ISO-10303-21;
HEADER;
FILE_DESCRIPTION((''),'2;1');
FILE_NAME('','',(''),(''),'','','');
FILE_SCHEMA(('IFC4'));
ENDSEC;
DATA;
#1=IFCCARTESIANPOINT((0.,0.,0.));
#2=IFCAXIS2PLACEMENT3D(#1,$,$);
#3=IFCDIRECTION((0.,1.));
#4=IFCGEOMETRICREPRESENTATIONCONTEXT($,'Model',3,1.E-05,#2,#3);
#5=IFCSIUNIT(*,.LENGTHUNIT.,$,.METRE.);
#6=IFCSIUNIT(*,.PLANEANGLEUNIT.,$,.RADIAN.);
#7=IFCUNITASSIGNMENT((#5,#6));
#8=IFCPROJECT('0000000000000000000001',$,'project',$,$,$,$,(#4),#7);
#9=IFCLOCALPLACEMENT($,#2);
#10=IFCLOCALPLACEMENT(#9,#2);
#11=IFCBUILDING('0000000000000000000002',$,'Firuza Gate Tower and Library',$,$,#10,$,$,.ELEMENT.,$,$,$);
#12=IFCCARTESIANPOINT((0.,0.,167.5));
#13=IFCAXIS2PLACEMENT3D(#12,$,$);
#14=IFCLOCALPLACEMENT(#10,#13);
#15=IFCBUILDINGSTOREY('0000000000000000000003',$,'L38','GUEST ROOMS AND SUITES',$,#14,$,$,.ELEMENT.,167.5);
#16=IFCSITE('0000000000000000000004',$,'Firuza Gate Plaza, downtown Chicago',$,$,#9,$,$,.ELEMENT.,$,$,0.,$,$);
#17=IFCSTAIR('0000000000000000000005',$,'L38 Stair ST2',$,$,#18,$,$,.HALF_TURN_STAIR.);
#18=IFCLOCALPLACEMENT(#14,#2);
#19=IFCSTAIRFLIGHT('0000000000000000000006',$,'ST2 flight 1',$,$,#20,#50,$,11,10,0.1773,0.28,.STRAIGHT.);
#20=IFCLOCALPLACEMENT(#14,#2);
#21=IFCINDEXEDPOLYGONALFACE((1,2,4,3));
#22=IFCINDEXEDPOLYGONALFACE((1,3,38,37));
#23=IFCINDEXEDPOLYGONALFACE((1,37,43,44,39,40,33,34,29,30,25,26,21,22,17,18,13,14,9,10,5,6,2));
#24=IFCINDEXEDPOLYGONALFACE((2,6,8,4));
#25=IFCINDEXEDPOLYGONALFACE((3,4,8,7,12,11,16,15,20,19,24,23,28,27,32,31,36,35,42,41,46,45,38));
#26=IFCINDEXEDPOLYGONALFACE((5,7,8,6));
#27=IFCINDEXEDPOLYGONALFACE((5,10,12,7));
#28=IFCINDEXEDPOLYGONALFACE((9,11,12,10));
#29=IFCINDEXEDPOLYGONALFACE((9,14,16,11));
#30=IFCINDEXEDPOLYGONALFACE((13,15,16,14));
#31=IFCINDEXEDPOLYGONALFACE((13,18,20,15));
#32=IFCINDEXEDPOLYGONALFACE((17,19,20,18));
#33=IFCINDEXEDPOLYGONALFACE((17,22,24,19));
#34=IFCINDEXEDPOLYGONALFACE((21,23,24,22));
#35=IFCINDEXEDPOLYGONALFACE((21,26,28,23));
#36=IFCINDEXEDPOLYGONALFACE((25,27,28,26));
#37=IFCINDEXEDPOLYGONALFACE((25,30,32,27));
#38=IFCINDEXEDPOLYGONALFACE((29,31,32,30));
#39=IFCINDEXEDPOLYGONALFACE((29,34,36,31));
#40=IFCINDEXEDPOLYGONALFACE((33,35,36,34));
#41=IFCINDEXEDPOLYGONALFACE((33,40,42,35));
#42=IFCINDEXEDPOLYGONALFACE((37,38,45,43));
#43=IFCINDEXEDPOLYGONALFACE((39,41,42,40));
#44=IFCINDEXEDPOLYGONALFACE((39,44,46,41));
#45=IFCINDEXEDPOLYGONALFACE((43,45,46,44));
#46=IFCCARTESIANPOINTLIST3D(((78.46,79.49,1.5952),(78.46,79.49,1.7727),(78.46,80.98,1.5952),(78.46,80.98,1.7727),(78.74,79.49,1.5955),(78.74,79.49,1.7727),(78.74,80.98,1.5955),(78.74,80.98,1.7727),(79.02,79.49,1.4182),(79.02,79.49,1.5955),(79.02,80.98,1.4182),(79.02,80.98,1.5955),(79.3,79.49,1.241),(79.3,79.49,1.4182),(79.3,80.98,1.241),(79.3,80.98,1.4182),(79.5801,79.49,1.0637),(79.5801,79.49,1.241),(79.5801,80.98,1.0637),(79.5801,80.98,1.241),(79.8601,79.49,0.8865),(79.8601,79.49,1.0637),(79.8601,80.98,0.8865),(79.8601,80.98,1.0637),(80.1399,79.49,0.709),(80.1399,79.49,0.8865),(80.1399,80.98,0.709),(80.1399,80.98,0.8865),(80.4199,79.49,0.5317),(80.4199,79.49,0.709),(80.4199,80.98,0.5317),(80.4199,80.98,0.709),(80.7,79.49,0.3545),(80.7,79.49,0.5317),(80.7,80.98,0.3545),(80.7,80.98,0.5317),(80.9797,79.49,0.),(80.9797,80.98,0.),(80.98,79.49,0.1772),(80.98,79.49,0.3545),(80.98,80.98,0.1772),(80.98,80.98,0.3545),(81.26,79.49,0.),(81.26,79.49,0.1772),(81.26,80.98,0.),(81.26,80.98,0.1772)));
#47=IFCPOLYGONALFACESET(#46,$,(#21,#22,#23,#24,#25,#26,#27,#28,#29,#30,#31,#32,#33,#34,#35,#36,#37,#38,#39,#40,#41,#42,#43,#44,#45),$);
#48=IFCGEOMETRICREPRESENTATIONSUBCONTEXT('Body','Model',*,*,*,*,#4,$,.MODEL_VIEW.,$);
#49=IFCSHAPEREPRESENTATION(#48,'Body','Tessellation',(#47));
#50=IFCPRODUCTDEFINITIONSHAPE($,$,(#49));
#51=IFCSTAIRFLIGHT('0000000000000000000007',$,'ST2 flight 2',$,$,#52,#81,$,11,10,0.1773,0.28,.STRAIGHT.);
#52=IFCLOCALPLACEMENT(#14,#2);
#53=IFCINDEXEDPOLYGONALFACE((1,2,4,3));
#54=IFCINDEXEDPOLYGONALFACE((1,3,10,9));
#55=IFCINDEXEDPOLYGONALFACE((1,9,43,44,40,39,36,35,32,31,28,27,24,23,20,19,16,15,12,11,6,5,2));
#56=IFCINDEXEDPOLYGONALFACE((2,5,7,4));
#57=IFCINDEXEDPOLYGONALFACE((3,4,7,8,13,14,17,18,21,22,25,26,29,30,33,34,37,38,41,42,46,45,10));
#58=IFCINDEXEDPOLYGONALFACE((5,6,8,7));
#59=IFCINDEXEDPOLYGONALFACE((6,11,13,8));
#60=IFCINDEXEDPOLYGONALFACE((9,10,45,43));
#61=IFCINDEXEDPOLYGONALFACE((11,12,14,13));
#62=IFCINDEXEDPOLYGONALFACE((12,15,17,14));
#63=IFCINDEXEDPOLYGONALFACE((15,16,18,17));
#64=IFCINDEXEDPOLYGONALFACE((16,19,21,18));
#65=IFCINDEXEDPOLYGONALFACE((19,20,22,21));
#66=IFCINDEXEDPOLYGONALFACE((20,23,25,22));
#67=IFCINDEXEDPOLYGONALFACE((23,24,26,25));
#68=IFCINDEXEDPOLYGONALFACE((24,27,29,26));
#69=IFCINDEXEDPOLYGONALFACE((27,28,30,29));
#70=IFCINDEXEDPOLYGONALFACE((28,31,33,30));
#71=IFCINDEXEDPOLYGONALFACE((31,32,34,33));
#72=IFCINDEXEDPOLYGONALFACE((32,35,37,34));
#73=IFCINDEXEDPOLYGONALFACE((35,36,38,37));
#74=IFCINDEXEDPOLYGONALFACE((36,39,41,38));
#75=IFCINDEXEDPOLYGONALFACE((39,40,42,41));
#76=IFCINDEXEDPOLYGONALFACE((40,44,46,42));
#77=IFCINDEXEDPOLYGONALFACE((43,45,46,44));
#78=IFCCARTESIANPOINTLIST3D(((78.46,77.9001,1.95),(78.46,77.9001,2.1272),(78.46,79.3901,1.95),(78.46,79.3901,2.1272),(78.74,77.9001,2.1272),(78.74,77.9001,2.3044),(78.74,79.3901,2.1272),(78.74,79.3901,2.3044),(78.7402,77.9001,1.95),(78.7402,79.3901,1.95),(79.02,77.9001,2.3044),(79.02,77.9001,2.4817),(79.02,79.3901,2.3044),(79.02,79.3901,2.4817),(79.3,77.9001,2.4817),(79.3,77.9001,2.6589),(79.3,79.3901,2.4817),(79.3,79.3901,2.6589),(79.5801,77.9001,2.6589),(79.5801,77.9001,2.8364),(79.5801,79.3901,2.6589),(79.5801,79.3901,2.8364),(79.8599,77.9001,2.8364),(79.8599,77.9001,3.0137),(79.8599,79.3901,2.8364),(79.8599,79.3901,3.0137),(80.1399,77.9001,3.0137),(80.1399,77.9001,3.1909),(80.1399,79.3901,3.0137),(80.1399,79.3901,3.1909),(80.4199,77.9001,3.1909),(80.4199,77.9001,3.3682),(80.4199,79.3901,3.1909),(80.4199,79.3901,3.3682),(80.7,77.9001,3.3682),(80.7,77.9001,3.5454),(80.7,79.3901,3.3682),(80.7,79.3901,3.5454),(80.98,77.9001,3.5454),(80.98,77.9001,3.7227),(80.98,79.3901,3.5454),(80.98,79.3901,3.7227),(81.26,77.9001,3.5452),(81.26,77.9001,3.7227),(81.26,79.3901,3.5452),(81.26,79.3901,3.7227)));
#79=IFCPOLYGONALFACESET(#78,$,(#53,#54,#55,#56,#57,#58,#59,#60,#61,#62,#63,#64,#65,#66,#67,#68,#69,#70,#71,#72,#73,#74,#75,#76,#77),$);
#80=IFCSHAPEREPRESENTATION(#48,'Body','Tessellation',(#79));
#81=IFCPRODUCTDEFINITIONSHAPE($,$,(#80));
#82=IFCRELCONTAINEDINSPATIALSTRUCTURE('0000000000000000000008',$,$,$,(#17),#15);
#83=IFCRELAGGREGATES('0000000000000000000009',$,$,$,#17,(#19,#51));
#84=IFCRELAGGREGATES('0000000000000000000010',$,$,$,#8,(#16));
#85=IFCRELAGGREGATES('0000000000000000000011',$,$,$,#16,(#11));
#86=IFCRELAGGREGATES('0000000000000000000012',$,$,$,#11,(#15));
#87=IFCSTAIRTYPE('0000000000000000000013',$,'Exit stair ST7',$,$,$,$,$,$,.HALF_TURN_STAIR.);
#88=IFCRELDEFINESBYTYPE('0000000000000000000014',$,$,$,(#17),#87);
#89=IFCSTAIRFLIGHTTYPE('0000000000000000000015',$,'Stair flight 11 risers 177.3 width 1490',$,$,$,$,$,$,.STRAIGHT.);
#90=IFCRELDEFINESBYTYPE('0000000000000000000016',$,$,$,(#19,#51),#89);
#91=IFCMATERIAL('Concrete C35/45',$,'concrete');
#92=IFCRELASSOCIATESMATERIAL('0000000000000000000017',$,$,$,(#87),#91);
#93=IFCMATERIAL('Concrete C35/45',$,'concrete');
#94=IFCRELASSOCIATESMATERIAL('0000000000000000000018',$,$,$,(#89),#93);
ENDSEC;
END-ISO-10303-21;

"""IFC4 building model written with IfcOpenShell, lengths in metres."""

from ifc_helpers import new_model, si_unit, direction, frame, origin, place, context, subcontext, project, spatial, polyline, outline, extrude, material, type_object, element, aggregate, save


model = new_model("IFC4")

# Units and contexts
model_context = context("Model", 3, precision=1e-05, world=origin(), true_north=direction((0.0, 1.0)))
body_context = subcontext(model_context, "Body", "Model", "MODEL_VIEW")
ifc_project = project(units=[si_unit("LENGTHUNIT", "METRE"), si_unit("PLANEANGLEUNIT", "RADIAN")], contexts=[model_context])

# Site, building, storey
site_placement = place(None, origin())
site = spatial("IfcSite", under=ifc_project, at=site_placement, Name="Firuza Gate Plaza, downtown Chicago", CompositionType="ELEMENT", RefElevation=0.0)
building_placement = place(site_placement, origin())
building = spatial("IfcBuilding", under=site, at=building_placement, Name="Firuza Gate Tower and Library", CompositionType="ELEMENT")
storey_placement = place(building_placement, frame((0.0, 0.0, 167.5)))
storey = spatial("IfcBuildingStorey", under=building, at=storey_placement, Name="L38", Description="GUEST ROOMS AND SUITES", CompositionType="ELEMENT", Elevation=167.5)

# Stair, stair flights
ifc_material_1 = material(Name="Concrete C35/45", Category="concrete")
stair_type = type_object("IfcStairType", Name="Exit stair ST7", PredefinedType="HALF_TURN_STAIR", material=ifc_material_1)
stair_placement = place(storey_placement, origin())
stair = element("IfcStair", 1, at=stair_placement, inside=storey, type_object=stair_type, Name="L38 Stair ST2", PredefinedType="HALF_TURN_STAIR")
ifc_material_2 = material(Name="Concrete C35/45", Category="concrete")
stair_flight_type = type_object("IfcStairFlightType", Name="Stair flight 11 risers 177.3 width 1490", PredefinedType="STRAIGHT", material=ifc_material_2)
stair_flight_1_placement = place(storey_placement, frame((81.26, 80.2351, 0.0), z_axis=(0.0, 0.0, 1.0), x_axis=(-1.0, 0.0, 0.0)))
stair_flight_1 = element("IfcStairFlight", 2, at=stair_flight_1_placement, type_object=stair_flight_type, Name="ST2 flight 1", NumberOfRisers=11, NumberOfTreads=10, PredefinedType="STRAIGHT", RiserHeight=0.1773, TreadLength=0.28, context=body_context, shape_type="SweptSolid", body=[
    extrude(outline(polyline([(0.0, 0.0), (0.0, 0.1772), (0.28, 0.1772), (0.28, 0.3545), (0.5601, 0.3545), (0.5601, 0.5317), (0.8401, 0.5317), (0.8401, 0.709), (1.1201, 0.709), (1.1201, 0.8865), (1.3999, 0.8865), (1.3999, 1.0637), (1.6799, 1.0637), (1.6799, 1.241), (1.96, 1.241), (1.96, 1.4182), (2.24, 1.4182), (2.24, 1.5955), (2.52, 1.5955), (2.52, 1.7727), (2.8, 1.7727), (2.8, 1.95), (2.8, 1.5952), (0.2803, 0.0), (0.0, 0.0)])), frame((0.0, 0.7451, 0.0), z_axis=(0.0, -1.0, 0.0), x_axis=(1.0, 0.0, 0.0)), (0.0, 0.0, 1.0), 1.49),
])
stair_flight_2_placement = place(storey_placement, frame((78.46, 78.645, 1.95), z_axis=(0.0, 0.0, 1.0), x_axis=(1.0, 0.0, 0.0)))
stair_flight_2 = element("IfcStairFlight", 3, at=stair_flight_2_placement, type_object=stair_flight_type, Name="ST2 flight 2", NumberOfRisers=11, NumberOfTreads=10, PredefinedType="STRAIGHT", RiserHeight=0.1773, TreadLength=0.28, context=body_context, shape_type="SweptSolid", body=[
    extrude(outline(polyline([(0.0, 0.0), (0.0, 0.1772), (0.28, 0.1772), (0.28, 0.3545), (0.5601, 0.3545), (0.5601, 0.5317), (0.8401, 0.5317), (0.8401, 0.709), (1.1201, 0.709), (1.1201, 0.8865), (1.3999, 0.8865), (1.3999, 1.0637), (1.6799, 1.0637), (1.6799, 1.241), (1.96, 1.241), (1.96, 1.4182), (2.24, 1.4182), (2.24, 1.5955), (2.52, 1.5955), (2.52, 1.7727), (2.8, 1.7727), (2.8, 1.95), (2.8, 1.5952), (0.2803, 0.0), (0.0, 0.0)])), frame((0.0, 0.7451, 0.0), z_axis=(0.0, -1.0, 0.0), x_axis=(1.0, 0.0, 0.0)), (0.0, 0.0, 1.0), 1.49),
])
aggregate(stair, [stair_flight_1, stair_flight_2])

save(model, "model.ifc")
